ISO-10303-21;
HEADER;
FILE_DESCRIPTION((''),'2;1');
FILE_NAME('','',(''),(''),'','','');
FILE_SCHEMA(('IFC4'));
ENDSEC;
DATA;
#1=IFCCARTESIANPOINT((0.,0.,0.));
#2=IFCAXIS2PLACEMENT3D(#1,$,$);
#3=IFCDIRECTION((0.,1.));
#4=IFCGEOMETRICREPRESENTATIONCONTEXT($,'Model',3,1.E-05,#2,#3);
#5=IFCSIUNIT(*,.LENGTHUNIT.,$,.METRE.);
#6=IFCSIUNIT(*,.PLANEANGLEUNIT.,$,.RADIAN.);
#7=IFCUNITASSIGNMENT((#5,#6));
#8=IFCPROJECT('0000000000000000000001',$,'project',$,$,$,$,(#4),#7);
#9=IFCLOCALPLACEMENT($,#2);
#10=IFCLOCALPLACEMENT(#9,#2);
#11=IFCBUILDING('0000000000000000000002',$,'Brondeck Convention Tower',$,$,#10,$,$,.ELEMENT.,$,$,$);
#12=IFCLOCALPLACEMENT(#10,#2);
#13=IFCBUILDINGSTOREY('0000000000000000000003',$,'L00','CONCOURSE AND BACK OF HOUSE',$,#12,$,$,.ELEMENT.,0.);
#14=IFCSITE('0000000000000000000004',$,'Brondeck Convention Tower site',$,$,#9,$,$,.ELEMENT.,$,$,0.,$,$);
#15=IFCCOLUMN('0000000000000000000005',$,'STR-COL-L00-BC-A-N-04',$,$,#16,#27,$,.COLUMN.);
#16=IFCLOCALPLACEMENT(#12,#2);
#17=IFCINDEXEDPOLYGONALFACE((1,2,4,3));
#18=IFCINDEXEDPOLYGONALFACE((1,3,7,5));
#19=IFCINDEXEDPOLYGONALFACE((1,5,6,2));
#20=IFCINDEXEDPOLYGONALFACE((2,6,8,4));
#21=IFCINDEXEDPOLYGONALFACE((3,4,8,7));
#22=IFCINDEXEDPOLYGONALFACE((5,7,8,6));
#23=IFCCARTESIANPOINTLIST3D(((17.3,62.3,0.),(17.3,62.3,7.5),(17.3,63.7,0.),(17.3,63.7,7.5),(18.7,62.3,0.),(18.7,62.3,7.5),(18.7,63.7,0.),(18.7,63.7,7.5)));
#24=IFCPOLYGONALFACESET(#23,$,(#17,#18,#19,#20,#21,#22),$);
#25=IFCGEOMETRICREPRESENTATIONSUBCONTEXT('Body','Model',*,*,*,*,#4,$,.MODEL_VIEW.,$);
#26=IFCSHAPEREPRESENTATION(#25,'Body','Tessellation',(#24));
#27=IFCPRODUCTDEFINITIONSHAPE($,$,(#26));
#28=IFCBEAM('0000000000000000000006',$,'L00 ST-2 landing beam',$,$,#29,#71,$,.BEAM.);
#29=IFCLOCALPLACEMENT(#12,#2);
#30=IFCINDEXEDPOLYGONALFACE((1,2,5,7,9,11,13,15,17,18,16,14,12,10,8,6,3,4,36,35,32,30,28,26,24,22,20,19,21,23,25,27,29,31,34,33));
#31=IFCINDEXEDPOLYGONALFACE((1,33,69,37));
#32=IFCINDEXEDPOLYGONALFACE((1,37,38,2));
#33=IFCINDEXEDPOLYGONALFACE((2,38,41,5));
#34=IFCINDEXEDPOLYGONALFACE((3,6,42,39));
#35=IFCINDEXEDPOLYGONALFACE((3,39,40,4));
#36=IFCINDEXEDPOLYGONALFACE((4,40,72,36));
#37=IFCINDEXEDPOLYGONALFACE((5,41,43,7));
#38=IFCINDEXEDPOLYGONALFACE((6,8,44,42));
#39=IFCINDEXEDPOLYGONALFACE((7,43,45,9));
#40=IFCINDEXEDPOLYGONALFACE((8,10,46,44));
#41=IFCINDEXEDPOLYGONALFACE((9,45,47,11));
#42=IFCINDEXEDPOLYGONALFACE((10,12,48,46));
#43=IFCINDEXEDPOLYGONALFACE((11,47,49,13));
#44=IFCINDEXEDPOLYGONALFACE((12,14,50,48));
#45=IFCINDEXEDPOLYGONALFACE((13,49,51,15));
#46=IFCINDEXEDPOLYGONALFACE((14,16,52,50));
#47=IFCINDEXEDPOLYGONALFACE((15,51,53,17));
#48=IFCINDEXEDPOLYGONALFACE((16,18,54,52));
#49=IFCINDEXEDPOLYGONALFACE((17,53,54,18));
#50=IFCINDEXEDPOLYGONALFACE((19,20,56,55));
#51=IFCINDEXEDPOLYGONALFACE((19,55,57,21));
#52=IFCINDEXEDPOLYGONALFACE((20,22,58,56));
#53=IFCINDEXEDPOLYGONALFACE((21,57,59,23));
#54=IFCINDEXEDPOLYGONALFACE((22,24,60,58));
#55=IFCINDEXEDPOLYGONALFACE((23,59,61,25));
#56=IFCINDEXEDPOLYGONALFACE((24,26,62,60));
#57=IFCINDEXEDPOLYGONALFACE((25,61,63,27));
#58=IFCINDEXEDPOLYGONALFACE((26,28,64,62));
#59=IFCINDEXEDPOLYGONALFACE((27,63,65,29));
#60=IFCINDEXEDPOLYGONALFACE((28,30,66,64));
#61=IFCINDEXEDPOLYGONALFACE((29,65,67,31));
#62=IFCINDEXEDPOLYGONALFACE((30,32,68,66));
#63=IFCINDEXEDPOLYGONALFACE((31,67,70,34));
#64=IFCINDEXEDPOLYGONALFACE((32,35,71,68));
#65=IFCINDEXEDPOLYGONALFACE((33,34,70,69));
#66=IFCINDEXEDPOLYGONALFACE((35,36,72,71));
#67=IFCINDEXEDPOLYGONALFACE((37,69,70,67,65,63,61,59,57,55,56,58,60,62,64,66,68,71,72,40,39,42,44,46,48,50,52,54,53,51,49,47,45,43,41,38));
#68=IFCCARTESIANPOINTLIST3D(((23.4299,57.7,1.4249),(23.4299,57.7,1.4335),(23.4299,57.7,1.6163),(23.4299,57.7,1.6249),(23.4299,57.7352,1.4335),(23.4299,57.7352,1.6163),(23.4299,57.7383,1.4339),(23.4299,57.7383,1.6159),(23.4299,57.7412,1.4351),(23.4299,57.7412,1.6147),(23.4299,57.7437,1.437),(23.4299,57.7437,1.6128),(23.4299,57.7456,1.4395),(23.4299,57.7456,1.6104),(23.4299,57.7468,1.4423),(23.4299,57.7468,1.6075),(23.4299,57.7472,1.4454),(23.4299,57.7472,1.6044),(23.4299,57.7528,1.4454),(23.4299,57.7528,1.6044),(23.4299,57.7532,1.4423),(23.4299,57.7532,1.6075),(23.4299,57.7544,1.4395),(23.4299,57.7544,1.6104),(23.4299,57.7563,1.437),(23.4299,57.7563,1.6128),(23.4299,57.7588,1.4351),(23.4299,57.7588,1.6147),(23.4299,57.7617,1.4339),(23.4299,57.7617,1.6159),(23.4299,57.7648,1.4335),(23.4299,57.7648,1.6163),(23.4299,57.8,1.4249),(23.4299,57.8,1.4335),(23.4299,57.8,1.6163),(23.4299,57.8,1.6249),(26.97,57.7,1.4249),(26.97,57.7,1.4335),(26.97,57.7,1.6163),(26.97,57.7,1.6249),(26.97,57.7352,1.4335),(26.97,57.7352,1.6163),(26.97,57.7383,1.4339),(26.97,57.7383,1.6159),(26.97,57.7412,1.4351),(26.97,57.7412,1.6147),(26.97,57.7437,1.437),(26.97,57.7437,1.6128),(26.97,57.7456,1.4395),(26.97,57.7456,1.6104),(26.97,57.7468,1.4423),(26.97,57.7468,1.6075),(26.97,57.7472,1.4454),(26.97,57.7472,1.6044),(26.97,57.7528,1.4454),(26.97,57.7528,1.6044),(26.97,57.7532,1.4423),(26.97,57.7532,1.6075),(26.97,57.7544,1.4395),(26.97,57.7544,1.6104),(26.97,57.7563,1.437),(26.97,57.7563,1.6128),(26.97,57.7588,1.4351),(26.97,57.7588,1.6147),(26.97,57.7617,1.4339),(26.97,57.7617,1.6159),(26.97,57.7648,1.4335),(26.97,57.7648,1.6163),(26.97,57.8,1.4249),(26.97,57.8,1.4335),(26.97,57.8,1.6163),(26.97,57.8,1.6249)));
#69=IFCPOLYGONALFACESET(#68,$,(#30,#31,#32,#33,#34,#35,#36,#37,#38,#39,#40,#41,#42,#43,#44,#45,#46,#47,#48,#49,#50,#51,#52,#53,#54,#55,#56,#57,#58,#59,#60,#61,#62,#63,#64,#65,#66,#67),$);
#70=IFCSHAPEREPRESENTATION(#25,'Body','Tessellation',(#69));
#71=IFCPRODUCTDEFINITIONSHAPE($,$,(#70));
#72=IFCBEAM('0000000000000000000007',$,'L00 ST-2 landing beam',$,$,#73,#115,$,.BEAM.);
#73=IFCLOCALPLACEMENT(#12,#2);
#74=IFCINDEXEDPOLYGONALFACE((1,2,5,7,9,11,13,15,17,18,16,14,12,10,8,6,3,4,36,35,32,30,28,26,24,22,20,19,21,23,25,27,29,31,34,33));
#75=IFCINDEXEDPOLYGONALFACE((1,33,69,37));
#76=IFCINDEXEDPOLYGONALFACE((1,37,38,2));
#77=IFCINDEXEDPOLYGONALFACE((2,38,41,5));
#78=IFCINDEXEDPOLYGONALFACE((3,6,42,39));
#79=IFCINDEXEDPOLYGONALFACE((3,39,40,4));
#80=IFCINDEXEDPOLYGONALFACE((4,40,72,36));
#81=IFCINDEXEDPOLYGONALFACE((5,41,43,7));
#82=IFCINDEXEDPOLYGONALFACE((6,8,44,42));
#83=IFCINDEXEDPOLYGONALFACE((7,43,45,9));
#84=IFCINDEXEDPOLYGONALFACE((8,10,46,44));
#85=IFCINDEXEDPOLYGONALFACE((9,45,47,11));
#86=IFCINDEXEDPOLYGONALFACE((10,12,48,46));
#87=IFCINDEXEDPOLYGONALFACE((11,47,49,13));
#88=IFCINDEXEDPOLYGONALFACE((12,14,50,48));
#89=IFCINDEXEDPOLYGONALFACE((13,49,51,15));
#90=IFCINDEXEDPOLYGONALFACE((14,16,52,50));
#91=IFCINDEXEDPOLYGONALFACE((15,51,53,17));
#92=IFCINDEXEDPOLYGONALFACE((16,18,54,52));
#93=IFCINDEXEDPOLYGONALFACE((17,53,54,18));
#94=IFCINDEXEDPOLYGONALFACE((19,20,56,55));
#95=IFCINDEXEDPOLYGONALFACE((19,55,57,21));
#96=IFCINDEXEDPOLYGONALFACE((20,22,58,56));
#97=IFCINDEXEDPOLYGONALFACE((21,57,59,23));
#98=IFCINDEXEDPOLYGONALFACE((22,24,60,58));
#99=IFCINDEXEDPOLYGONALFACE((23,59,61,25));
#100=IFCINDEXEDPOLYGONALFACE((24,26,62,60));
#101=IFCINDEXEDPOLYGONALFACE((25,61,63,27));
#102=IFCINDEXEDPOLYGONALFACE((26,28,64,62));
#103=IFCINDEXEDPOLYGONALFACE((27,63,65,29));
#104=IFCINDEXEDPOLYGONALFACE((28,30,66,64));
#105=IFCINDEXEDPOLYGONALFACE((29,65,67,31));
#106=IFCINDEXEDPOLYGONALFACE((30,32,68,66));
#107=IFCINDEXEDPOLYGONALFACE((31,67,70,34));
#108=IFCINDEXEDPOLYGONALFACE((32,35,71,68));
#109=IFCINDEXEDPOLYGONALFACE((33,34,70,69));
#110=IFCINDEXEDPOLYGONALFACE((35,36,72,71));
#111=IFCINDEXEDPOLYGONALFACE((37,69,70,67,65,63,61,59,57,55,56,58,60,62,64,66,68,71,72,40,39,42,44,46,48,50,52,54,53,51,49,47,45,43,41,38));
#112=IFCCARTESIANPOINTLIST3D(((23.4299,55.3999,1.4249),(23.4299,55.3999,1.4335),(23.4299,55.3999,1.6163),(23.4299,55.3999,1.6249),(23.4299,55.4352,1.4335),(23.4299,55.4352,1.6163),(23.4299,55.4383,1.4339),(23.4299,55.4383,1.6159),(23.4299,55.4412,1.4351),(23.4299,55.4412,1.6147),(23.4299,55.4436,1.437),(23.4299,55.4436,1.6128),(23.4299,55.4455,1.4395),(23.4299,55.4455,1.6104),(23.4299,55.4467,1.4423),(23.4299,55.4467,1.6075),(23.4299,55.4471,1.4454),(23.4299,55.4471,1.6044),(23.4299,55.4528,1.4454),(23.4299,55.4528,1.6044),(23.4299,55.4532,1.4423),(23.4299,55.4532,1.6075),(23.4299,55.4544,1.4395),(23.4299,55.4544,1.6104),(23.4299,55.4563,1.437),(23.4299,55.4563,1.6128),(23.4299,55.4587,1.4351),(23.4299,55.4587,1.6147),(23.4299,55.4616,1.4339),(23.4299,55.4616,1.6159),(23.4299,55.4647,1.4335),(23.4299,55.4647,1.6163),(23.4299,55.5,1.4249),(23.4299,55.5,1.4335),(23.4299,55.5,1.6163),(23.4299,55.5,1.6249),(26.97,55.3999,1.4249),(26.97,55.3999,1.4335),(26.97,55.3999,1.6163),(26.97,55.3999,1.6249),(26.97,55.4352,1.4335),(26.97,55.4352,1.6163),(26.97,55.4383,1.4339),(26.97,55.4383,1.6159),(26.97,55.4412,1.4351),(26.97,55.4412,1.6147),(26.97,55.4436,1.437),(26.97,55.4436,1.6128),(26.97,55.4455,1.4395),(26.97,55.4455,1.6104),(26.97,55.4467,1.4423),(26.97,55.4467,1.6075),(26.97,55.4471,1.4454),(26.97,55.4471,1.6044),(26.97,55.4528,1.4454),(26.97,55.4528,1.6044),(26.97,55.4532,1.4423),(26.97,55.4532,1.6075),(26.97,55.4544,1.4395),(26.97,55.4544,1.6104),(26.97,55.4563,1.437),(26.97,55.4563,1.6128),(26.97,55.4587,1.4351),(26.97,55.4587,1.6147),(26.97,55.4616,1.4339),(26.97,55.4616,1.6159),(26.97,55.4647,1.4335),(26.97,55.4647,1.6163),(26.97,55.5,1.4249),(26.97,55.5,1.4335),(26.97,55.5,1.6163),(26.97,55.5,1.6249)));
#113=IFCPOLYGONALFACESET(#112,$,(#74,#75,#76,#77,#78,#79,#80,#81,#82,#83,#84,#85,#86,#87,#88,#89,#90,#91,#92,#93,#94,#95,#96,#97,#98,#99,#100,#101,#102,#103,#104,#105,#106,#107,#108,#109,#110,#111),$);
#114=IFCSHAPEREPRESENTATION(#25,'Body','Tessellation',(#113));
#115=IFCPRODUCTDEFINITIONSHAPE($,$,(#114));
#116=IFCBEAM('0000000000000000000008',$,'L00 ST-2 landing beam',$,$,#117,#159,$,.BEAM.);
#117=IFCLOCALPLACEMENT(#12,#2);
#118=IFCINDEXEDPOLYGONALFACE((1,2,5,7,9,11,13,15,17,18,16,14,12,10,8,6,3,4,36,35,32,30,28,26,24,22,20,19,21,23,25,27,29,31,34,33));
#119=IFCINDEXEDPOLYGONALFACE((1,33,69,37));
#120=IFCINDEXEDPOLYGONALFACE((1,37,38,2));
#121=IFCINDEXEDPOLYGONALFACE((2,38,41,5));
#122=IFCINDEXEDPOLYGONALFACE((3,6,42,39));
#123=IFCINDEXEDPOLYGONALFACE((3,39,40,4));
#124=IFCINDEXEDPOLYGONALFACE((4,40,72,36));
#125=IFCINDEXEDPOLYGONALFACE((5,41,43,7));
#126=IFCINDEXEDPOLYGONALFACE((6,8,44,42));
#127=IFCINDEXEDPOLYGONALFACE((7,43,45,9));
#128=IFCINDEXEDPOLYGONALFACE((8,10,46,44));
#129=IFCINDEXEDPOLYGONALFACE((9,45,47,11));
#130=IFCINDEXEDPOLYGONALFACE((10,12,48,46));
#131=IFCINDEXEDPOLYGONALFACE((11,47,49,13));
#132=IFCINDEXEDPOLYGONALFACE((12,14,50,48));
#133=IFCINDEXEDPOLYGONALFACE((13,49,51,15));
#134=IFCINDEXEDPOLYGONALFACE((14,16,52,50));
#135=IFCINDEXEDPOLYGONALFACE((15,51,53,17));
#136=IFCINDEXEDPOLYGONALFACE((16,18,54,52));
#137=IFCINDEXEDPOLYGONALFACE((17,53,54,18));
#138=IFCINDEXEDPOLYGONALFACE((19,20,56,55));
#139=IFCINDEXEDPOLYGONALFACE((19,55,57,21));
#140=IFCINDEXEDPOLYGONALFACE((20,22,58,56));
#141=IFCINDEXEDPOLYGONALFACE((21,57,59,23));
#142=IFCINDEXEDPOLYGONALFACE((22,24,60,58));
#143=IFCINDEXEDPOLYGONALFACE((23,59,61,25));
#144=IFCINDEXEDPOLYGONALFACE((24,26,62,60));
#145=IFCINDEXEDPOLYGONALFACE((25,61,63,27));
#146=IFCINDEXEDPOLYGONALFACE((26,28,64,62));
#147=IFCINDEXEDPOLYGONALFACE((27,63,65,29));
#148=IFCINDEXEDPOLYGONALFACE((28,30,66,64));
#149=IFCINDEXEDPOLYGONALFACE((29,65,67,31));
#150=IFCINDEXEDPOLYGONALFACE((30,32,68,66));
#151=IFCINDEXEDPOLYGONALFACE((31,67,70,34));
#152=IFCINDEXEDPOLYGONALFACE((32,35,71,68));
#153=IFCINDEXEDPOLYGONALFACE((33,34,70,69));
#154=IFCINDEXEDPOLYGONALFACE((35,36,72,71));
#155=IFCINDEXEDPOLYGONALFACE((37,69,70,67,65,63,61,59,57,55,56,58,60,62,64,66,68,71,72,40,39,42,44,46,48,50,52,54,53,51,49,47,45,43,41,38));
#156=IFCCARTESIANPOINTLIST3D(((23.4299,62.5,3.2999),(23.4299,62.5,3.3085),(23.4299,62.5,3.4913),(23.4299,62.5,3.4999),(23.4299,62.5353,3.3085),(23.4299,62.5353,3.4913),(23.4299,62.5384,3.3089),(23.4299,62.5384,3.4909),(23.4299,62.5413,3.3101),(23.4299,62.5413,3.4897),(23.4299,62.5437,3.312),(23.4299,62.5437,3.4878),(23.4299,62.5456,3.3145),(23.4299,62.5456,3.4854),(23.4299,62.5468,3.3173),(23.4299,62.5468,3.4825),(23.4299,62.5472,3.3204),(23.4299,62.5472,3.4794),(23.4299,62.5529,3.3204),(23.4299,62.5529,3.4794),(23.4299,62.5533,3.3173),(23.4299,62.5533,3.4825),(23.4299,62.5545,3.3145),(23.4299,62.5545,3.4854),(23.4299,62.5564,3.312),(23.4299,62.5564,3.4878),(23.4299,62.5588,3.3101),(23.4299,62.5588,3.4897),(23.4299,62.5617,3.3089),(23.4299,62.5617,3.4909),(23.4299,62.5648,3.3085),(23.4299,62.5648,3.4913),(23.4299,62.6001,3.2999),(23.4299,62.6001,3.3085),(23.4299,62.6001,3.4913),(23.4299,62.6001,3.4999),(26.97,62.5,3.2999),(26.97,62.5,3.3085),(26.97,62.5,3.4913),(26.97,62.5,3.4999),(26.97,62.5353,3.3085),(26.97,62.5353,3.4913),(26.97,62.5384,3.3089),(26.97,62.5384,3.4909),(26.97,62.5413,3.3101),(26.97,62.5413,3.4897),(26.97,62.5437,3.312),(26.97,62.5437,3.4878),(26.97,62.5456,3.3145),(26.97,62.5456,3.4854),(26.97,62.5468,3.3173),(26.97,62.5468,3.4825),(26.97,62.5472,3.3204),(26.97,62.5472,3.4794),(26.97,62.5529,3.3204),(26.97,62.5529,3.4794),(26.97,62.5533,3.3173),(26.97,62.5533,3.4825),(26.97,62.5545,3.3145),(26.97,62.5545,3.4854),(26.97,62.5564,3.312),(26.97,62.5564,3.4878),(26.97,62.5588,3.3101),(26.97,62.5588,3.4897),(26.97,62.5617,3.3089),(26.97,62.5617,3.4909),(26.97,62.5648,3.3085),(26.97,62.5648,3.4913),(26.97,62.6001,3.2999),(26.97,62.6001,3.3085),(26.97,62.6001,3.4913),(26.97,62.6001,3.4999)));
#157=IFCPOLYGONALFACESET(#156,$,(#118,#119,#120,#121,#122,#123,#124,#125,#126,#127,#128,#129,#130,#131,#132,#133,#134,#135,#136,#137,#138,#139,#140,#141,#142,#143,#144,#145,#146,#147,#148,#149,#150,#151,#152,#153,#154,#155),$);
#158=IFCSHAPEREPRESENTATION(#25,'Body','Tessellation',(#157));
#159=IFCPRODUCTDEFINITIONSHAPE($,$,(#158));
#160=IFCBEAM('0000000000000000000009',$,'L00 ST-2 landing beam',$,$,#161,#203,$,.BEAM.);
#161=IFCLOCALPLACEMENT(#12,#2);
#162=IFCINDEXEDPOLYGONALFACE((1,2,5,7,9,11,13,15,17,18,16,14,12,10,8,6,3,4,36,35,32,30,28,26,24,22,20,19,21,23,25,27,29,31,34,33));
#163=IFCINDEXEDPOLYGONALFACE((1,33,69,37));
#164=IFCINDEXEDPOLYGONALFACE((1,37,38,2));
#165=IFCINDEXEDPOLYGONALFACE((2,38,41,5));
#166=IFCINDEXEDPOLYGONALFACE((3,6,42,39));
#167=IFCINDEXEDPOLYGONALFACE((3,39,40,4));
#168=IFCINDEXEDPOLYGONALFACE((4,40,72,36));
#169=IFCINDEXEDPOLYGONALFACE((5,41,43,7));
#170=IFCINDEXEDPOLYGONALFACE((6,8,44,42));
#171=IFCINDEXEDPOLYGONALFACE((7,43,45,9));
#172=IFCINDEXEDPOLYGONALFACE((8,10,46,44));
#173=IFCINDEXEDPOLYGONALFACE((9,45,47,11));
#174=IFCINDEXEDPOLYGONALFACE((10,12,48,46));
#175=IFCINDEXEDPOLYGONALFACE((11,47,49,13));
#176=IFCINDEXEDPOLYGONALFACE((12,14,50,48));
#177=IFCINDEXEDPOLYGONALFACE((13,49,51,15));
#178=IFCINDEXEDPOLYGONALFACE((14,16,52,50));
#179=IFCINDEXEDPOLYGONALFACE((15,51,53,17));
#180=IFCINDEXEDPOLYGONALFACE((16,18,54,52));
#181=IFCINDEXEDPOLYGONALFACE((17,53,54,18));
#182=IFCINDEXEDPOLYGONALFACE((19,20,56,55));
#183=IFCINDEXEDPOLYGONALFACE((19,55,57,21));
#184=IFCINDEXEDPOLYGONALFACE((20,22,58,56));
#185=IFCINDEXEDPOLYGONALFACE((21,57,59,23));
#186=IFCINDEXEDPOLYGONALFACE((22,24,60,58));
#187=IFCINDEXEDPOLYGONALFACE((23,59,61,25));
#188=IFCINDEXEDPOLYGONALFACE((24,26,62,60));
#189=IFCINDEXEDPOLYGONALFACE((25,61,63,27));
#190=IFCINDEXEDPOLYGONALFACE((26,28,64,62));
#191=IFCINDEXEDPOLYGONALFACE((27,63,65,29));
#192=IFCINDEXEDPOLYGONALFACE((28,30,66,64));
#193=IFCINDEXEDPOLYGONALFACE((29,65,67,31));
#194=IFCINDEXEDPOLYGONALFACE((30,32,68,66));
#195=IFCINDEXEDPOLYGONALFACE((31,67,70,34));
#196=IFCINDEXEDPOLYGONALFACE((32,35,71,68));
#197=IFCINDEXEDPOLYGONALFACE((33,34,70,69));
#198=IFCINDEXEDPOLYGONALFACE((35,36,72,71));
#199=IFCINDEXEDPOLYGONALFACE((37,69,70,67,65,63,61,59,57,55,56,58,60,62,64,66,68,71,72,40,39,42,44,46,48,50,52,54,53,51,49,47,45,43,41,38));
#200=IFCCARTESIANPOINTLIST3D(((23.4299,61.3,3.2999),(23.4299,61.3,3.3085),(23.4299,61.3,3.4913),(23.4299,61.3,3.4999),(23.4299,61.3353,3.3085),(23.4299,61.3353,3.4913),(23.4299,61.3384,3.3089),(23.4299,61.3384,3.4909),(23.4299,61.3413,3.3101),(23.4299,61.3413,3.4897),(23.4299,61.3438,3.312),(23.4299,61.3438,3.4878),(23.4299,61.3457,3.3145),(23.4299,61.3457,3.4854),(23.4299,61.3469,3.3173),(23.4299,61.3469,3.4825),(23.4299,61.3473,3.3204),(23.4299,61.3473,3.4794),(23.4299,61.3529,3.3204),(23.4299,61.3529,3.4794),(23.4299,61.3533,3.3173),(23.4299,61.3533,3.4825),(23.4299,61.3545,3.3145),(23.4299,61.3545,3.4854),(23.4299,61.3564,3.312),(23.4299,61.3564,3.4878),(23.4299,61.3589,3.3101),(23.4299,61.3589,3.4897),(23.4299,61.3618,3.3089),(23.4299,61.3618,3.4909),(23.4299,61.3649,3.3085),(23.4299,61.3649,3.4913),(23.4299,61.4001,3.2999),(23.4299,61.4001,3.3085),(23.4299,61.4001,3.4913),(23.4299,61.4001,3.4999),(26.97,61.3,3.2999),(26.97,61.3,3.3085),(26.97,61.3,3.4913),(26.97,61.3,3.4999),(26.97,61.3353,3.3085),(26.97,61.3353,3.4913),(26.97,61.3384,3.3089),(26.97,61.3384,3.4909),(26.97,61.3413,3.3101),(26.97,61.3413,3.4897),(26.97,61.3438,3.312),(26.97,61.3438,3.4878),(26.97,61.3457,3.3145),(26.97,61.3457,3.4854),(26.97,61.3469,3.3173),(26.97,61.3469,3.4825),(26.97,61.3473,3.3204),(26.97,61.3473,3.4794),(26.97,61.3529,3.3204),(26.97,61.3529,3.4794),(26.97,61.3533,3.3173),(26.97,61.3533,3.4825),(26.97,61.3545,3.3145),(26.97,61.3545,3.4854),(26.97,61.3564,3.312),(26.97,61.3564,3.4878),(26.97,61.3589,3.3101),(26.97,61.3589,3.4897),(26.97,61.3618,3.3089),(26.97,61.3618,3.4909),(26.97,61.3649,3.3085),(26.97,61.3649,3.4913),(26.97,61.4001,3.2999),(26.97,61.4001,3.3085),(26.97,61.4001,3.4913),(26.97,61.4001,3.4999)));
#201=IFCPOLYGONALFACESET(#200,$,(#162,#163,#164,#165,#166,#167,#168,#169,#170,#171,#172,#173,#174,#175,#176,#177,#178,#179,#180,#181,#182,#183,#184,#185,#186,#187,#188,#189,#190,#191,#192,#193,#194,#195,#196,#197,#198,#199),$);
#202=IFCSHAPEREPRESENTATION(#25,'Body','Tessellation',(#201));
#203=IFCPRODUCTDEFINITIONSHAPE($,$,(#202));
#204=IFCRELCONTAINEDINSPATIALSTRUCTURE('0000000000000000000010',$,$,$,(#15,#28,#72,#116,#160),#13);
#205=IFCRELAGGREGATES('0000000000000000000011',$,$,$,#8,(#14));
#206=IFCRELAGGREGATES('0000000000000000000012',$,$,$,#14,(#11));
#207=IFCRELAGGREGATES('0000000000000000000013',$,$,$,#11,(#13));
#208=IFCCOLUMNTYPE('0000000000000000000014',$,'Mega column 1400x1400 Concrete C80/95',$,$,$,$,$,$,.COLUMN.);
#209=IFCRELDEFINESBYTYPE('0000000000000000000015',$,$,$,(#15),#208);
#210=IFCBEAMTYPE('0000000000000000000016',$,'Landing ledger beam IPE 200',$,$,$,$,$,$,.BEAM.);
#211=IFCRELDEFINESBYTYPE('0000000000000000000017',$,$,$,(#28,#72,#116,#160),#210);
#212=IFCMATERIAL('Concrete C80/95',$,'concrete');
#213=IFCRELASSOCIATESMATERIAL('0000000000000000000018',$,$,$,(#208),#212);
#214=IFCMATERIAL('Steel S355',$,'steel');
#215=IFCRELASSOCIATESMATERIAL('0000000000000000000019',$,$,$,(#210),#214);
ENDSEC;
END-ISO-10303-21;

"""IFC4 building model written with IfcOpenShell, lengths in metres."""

from ifc_helpers import new_model, si_unit, direction, frame, origin, origin_2d, place, context, subcontext, project, spatial, rectangle, i_section, extrude, material, material_profile, profile_set, type_object, element, save


model = new_model("IFC4")

# Units and contexts
model_context = context("Model", 3, precision=1e-05, world=origin(), true_north=direction((0.0, 1.0)))
body_context = subcontext(model_context, "Body", "Model", "MODEL_VIEW")
ifc_project = project(units=[si_unit("LENGTHUNIT", "METRE"), si_unit("PLANEANGLEUNIT", "RADIAN")], contexts=[model_context])

# Site, building, storey
site_placement = place(None, origin())
site = spatial("IfcSite", under=ifc_project, at=site_placement, Name="Brondeck Convention Tower site", CompositionType="ELEMENT", RefElevation=0.0)
building_placement = place(site_placement, origin())
building = spatial("IfcBuilding", under=site, at=building_placement, Name="Brondeck Convention Tower", CompositionType="ELEMENT")
storey_placement = place(building_placement, origin())
storey = spatial("IfcBuildingStorey", under=building, at=storey_placement, Name="L00", Description="CONCOURSE AND BACK OF HOUSE", CompositionType="ELEMENT", Elevation=0.0)

# Column
ifc_material_1 = material(Name="Concrete C80/95", Category="concrete")
ifc_material_profile_1 = material_profile(ifc_material_1, rectangle(XDim=1.3999, YDim=1.3999, at=origin_2d()), Name="Mega column 1400x1400 Concrete C80/95")
ifc_profile_set_1 = profile_set([ifc_material_profile_1], Name="Concrete C80/95")
column_type = type_object("IfcColumnType", Name="Mega column 1400x1400 Concrete C80/95", PredefinedType="COLUMN", material=ifc_profile_set_1)
column_placement = place(storey_placement, frame((18.0, 63.0, 0.0), z_axis=(0.0, 0.0, 1.0), x_axis=(1.0, 0.0, 0.0)))
element("IfcColumn", 1, at=column_placement, inside=storey, type_object=column_type, Name="STR-COL-L00-BC-A-N-04", PredefinedType="COLUMN", context=body_context, shape_type="SweptSolid", body=[
    extrude(rectangle(XDim=1.3999, YDim=1.3999, at=origin_2d()), origin(), (0.0, 0.0, 1.0), 7.5),
])

# Beams
ifc_material_2 = material(Name="Steel S355", Category="steel")
ifc_material_profile_2 = material_profile(ifc_material_2, i_section(OverallWidth=0.1001, OverallDepth=0.2, WebThickness=0.0056, FlangeThickness=0.0085, FilletRadius=0.012, at=origin_2d()), Name="IPE200")
ifc_profile_set_2 = profile_set([ifc_material_profile_2], Name="Steel S355")
beam_type = type_object("IfcBeamType", Name="Landing ledger beam IPE 200", PredefinedType="BEAM", material=ifc_profile_set_2)
for number, where, z_axis, x_axis, name in (
    (2, (23.4299, 57.75, 1.5249), (1.0, 0.0, 0.0), (0.0, 1.0, 0.0), "L00 ST-2 landing beam"),
    (3, (23.4299, 55.45, 1.5249), (1.0, 0.0, 0.0), (0.0, 1.0, 0.0), "L00 ST-2 landing beam"),
    (4, (23.4299, 62.55, 3.3999), (1.0, 0.0, 0.0), (0.0, 1.0, 0.0), "L00 ST-2 landing beam"),
    (5, (23.4299, 61.3501, 3.3999), (1.0, 0.0, 0.0), (0.0, 1.0, 0.0), "L00 ST-2 landing beam"),
):
    element("IfcBeam", number, at=place(storey_placement, frame(where, z_axis=z_axis, x_axis=x_axis)), inside=storey, type_object=beam_type, Name=name, PredefinedType="BEAM", context=body_context, shape_type="SweptSolid", body=[
        extrude(i_section(OverallWidth=0.1001, OverallDepth=0.2, WebThickness=0.0056, FlangeThickness=0.0085, FilletRadius=0.012, at=origin_2d()), origin(), (0.0, 0.0, 1.0), 3.54),
    ])

save(model, "model.ifc")
